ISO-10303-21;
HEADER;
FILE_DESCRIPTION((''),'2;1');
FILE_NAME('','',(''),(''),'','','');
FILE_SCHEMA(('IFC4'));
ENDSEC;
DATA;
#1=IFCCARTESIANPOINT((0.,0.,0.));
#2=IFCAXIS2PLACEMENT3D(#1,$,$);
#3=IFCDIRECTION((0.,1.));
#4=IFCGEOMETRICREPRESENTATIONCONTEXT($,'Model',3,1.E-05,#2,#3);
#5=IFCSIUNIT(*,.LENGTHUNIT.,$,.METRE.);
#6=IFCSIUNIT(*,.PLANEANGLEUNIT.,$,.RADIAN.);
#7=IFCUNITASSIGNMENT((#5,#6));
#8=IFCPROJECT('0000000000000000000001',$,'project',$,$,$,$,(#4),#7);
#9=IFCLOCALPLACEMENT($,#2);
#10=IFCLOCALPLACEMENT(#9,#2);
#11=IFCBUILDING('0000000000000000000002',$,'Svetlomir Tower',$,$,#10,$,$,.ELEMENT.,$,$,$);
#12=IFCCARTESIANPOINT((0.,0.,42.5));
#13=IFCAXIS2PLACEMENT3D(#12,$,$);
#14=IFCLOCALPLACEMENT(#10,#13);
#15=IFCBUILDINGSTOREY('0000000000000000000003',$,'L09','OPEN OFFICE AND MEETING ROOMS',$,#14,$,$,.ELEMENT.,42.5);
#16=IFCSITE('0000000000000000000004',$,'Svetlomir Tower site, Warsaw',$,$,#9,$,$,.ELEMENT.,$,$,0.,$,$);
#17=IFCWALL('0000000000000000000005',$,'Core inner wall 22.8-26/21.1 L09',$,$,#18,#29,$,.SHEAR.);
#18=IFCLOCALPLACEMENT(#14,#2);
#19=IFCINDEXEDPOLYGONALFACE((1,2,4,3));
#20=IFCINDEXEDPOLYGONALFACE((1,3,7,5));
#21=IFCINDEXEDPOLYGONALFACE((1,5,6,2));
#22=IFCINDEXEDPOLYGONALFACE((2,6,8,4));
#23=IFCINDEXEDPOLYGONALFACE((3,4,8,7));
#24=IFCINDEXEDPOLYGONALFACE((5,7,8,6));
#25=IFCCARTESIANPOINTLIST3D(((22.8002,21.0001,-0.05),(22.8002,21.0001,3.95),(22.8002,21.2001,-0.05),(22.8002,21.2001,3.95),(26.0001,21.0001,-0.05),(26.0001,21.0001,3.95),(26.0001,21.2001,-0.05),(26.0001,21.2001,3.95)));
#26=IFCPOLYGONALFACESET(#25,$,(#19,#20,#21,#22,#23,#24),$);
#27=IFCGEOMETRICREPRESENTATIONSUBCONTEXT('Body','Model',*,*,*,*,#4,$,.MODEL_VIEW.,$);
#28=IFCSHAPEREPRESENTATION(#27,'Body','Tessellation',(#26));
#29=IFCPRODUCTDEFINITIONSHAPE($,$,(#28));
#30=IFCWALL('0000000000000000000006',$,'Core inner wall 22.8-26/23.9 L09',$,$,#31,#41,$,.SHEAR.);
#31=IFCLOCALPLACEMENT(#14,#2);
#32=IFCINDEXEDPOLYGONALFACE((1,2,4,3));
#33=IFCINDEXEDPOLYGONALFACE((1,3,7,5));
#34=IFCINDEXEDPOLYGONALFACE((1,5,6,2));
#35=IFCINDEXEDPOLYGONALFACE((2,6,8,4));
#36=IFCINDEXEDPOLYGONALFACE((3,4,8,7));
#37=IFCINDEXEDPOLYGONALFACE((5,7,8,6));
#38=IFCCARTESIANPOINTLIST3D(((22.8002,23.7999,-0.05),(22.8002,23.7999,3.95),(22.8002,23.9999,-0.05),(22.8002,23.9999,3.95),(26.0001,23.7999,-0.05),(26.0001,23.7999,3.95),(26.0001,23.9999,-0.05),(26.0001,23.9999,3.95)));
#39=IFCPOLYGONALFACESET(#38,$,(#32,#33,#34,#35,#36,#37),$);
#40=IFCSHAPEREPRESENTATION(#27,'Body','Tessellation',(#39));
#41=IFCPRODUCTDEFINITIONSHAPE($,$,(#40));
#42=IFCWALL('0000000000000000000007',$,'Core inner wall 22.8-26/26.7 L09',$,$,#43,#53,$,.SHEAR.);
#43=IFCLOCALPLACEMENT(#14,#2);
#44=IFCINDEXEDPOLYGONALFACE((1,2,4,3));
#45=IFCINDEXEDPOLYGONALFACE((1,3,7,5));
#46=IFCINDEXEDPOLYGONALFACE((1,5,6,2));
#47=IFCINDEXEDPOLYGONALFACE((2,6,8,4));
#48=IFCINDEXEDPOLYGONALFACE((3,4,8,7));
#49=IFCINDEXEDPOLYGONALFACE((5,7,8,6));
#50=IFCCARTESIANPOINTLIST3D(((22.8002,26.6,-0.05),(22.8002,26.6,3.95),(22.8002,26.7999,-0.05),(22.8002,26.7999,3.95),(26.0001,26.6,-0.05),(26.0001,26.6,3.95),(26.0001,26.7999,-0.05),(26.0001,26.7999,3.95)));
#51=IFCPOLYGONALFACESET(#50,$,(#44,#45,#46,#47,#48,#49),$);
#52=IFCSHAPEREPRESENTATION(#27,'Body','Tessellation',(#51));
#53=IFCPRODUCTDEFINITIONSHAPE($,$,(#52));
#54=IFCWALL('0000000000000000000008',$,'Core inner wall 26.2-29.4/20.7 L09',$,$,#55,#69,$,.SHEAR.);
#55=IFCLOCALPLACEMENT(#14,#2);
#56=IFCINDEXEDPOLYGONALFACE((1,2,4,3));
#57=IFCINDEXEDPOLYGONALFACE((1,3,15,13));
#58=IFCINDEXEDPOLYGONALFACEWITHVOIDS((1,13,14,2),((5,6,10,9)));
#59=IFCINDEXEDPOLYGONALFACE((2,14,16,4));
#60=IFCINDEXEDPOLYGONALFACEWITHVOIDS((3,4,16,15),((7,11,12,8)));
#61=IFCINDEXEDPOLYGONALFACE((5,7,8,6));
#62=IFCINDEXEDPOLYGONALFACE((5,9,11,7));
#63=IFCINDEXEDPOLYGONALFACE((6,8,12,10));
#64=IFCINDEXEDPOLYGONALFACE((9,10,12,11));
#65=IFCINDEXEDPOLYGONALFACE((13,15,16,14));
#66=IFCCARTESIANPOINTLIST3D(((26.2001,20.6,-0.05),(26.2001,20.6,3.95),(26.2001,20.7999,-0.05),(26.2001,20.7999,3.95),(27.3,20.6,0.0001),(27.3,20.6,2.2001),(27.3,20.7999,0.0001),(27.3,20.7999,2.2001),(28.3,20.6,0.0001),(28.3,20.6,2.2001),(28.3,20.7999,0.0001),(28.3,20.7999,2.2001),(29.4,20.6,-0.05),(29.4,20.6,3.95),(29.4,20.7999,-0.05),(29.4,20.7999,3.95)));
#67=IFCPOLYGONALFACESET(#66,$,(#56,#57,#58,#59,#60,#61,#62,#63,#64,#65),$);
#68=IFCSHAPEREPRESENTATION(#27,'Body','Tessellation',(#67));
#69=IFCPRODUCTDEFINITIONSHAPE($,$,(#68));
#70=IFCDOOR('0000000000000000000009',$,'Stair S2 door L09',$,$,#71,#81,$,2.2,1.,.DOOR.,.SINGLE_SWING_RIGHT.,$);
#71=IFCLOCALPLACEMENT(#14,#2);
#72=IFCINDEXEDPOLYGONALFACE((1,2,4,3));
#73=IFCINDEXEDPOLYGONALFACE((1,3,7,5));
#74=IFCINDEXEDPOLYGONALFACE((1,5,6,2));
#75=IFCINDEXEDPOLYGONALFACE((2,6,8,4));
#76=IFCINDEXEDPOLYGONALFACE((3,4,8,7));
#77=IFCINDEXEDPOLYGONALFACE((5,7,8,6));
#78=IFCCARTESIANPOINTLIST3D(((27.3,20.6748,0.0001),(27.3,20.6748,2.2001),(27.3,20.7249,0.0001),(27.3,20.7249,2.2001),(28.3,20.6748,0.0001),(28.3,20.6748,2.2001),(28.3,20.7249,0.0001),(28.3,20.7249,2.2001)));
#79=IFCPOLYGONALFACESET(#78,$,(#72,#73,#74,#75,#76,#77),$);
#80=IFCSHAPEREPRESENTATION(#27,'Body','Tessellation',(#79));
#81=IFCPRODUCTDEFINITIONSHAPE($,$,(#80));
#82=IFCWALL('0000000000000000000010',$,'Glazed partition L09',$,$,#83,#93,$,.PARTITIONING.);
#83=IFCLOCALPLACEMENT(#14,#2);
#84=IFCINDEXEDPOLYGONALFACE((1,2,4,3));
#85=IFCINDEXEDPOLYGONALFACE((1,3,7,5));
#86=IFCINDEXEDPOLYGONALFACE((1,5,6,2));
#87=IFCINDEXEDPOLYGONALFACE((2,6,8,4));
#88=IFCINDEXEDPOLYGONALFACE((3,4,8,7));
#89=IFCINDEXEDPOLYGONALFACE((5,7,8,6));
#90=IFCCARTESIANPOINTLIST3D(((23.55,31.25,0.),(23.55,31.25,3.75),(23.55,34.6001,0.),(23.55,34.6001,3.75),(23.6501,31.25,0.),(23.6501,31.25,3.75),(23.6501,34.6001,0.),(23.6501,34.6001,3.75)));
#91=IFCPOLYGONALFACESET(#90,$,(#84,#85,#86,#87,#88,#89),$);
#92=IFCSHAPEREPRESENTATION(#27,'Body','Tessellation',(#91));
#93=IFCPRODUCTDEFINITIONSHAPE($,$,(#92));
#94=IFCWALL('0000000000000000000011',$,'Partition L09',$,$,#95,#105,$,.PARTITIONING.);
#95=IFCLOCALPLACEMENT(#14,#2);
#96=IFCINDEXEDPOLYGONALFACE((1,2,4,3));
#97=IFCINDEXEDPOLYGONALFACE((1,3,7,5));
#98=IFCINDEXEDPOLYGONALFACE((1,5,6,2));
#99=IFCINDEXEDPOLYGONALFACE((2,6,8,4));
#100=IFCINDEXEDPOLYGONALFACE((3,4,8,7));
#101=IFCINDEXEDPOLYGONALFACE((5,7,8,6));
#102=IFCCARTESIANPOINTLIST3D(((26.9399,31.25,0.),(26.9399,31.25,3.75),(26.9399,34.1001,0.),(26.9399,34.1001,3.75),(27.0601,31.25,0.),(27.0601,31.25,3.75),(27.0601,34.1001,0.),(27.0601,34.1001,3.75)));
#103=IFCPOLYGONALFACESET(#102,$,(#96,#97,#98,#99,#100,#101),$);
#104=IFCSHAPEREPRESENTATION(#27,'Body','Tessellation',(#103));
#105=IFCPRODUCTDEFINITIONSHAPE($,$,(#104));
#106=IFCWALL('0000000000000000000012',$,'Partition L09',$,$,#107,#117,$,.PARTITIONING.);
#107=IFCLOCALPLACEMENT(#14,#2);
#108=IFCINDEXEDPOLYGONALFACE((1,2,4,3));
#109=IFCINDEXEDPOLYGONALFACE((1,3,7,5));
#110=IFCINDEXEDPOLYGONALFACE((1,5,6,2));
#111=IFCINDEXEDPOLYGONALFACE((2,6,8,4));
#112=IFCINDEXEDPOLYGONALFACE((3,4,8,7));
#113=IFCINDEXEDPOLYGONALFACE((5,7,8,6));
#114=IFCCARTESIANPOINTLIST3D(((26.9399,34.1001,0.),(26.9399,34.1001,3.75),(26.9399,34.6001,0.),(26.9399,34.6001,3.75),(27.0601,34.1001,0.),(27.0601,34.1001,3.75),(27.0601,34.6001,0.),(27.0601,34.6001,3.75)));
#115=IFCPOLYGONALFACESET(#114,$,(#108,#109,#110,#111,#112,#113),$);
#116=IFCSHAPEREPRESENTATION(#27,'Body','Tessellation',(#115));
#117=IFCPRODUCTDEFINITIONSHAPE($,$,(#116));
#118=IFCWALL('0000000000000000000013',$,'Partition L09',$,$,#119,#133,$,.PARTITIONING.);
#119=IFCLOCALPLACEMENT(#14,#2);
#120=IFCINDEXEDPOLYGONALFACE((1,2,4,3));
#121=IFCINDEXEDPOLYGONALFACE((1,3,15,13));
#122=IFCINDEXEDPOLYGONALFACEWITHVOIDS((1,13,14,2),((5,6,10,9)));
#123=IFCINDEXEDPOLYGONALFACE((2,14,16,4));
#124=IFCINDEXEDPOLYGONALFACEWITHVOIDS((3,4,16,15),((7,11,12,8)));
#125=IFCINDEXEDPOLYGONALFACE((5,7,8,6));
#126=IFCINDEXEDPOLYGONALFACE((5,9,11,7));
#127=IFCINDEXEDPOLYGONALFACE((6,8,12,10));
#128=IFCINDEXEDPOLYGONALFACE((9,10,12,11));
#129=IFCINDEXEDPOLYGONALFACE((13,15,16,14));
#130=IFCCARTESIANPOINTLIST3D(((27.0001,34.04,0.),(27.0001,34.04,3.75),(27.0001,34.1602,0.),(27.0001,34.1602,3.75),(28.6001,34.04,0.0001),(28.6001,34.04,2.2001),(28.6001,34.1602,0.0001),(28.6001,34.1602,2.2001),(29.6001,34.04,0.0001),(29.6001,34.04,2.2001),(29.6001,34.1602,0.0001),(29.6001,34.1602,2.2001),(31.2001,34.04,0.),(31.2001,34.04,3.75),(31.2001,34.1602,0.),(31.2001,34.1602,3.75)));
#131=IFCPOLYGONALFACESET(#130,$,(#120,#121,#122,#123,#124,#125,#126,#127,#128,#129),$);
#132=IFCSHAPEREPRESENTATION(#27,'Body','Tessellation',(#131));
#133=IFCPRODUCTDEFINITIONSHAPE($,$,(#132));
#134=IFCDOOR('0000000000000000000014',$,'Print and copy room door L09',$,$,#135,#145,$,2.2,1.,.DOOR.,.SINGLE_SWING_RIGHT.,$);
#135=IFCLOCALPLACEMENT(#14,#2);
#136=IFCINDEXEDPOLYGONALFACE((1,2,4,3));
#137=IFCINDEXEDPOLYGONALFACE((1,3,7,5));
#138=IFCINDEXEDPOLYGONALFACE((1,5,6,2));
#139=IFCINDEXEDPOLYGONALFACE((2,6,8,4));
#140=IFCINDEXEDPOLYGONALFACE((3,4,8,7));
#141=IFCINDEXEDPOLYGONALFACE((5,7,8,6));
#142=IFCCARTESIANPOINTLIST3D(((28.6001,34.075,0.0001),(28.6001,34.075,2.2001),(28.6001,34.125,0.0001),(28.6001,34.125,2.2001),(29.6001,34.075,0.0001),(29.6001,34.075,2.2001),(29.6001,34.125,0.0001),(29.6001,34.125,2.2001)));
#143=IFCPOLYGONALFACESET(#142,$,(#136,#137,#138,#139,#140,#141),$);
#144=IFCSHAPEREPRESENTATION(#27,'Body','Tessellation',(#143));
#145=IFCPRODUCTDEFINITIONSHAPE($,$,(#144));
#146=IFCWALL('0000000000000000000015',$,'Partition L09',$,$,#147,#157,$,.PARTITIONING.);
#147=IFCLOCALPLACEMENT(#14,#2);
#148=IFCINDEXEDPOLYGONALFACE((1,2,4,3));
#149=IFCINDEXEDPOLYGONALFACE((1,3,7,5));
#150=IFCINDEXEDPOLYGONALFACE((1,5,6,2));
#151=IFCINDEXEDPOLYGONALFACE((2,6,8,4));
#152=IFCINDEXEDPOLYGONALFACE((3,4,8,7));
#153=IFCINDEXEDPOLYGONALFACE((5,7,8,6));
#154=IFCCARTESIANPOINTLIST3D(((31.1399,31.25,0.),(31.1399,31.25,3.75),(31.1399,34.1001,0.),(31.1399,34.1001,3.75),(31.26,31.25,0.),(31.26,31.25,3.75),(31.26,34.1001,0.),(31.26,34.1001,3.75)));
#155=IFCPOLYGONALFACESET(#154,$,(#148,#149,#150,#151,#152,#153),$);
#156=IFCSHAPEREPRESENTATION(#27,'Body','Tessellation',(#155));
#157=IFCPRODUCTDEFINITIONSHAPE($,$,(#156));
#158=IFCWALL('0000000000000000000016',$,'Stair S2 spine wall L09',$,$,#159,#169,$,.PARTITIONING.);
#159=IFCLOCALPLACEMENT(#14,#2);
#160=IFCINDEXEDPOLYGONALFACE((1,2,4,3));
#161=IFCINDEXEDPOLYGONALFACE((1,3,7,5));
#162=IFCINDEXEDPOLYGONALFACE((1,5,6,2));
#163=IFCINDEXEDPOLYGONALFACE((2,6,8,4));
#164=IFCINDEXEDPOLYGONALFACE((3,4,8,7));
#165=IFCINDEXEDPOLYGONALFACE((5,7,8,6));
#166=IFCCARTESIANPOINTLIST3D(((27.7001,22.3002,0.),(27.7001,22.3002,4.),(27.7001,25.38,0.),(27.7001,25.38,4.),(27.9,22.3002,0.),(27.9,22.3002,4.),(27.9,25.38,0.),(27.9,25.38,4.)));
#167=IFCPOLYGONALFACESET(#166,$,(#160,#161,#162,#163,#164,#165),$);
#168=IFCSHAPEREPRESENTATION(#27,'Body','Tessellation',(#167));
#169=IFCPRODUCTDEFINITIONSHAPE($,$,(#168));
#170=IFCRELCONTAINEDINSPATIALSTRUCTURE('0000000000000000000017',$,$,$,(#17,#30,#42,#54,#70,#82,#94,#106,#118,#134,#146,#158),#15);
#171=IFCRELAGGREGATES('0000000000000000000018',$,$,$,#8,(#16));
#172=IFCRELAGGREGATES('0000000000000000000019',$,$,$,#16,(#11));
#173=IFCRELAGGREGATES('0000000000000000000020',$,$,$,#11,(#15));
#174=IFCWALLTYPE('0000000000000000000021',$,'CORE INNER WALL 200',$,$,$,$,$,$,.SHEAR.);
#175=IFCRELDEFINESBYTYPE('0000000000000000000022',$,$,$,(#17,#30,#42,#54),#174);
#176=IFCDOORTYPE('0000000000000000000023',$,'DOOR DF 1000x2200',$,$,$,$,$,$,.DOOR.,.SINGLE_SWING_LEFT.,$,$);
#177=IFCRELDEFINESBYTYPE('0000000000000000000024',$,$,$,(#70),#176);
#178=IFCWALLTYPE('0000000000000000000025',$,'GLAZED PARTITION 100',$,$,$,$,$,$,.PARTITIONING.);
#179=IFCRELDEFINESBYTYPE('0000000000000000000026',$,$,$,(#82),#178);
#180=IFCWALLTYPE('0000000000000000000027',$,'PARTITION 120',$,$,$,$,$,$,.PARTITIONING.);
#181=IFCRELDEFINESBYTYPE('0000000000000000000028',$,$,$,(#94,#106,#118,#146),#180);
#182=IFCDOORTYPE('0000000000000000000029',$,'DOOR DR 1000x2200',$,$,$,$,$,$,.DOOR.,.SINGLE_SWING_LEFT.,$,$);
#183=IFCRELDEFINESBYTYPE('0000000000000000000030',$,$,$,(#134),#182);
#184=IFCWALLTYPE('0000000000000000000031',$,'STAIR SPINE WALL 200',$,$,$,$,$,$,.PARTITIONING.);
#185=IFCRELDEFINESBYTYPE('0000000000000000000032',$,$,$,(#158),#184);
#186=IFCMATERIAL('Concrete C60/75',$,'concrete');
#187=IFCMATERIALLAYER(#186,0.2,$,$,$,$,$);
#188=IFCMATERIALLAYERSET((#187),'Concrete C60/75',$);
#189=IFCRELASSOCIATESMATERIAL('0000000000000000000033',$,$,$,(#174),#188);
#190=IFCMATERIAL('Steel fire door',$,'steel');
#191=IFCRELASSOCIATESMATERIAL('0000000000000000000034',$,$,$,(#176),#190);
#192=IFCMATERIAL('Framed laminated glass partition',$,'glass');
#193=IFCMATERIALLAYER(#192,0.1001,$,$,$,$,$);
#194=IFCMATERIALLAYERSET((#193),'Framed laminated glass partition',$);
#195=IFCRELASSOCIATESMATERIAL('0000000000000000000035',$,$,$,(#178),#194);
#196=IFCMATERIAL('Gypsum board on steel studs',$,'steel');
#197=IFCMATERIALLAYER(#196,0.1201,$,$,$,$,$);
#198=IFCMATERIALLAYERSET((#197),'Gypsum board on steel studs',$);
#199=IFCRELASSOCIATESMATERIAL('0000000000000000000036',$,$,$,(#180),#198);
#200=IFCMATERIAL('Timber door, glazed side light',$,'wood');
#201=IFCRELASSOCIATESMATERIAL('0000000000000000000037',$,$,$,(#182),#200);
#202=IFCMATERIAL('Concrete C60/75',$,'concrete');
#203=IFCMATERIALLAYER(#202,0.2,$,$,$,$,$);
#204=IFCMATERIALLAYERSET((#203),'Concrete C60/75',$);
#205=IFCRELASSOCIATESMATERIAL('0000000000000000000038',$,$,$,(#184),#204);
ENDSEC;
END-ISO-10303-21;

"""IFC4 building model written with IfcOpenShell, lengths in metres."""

from ifc_helpers import new_model, si_unit, direction, frame, frame_2d, origin, place, context, subcontext, project, spatial, rectangle, extrude, material, layer, layer_set, type_object, element, fill, save


model = new_model("IFC4")

# Units and contexts
model_context = context("Model", 3, precision=1e-05, world=origin(), true_north=direction((0.0, 1.0)))
body_context = subcontext(model_context, "Body", "Model", "MODEL_VIEW")
ifc_project = project(units=[si_unit("LENGTHUNIT", "METRE"), si_unit("PLANEANGLEUNIT", "RADIAN")], contexts=[model_context])

# Site, building, storey
site_placement = place(None, origin())
site = spatial("IfcSite", under=ifc_project, at=site_placement, Name="Svetlomir Tower site, Warsaw", CompositionType="ELEMENT", RefElevation=0.0)
building_placement = place(site_placement, origin())
building = spatial("IfcBuilding", under=site, at=building_placement, Name="Svetlomir Tower", CompositionType="ELEMENT")
storey_placement = place(building_placement, frame((0.0, 0.0, 42.5)))
storey = spatial("IfcBuildingStorey", under=building, at=storey_placement, Name="L09", Description="OPEN OFFICE AND MEETING ROOMS", CompositionType="ELEMENT", Elevation=42.5)

# Walls
ifc_material_1 = material(Name="Concrete C60/75", Category="concrete")
ifc_layer_1 = layer(ifc_material_1, 0.2)
ifc_layer_set_1 = layer_set([ifc_layer_1], Name="Concrete C60/75")
wall_type_1 = type_object("IfcWallType", Name="CORE INNER WALL 200", PredefinedType="SHEAR", material=ifc_layer_set_1)
for number, where, z_axis, x_axis, name in (
    (1, (22.8, 21.1001, -0.05), (0.0, 0.0, 1.0), (1.0, 0.0, 0.0), "Core inner wall 22.8-26/21.1 L09"),
    (2, (22.8, 23.8999, -0.05), (0.0, 0.0, 1.0), (1.0, 0.0, 0.0), "Core inner wall 22.8-26/23.9 L09"),
    (3, (22.8, 26.7, -0.05), (0.0, 0.0, 1.0), (1.0, 0.0, 0.0), "Core inner wall 22.8-26/26.7 L09"),
):
    element("IfcWall", number, at=place(storey_placement, frame(where, z_axis=z_axis, x_axis=x_axis)), inside=storey, type_object=wall_type_1, Name=name, PredefinedType="SHEAR", context=body_context, shape_type="SweptSolid", body=[
        extrude(rectangle(XDim=3.2, YDim=0.2, at=frame_2d((1.6001, 0.0))), origin(), (0.0, 0.0, 1.0), 4.0),
    ])

# Wall, opening, door
wall_1_placement = place(storey_placement, frame((26.2, 20.7, -0.05), z_axis=(0.0, 0.0, 1.0), x_axis=(1.0, 0.0, 0.0)))
wall_1 = element("IfcWall", 4, at=wall_1_placement, inside=storey, type_object=wall_type_1, Name="Core inner wall 26.2-29.4/20.7 L09", PredefinedType="SHEAR", context=body_context, shape_type="SweptSolid", body=[
    extrude(rectangle(XDim=3.2, YDim=0.2, at=frame_2d((1.6001, 0.0))), origin(), (0.0, 0.0, 1.0), 4.0),
])
opening_1_placement = place(wall_1_placement, frame((1.1001, 0.0, 0.05)))
opening_1 = element("IfcOpeningElement", 5, at=opening_1_placement, cuts=wall_1, PredefinedType="OPENING", context=body_context, shape_type="SweptSolid", body=[
    extrude(rectangle(XDim=1.0, YDim=2.2, at=frame_2d((0.5, 1.1001))), frame((0.0, 0.1099, 0.0), z_axis=(0.0, -1.0, 0.0), x_axis=(1.0, 0.0, 0.0)), (0.0, 0.0, 1.0), 0.22),
])
ifc_material_2 = material(Name="Steel fire door", Category="steel")
door_type_1 = type_object("IfcDoorType", Name="DOOR DF 1000x2200", OperationType="SINGLE_SWING_LEFT", PredefinedType="DOOR", material=ifc_material_2)
door_1_placement = place(opening_1_placement, origin())
door_1 = element("IfcDoor", 6, at=door_1_placement, inside=storey, type_object=door_type_1, Name="Stair S2 door L09", OperationType="SINGLE_SWING_RIGHT", OverallHeight=2.2, OverallWidth=1.0, PredefinedType="DOOR", context=body_context, shape_type="SweptSolid", body=[
    extrude(rectangle(XDim=1.0, YDim=2.2, at=frame_2d((0.5, 1.1001))), frame((0.0, 0.0249, 0.0), z_axis=(0.0, -1.0, 0.0), x_axis=(1.0, 0.0, 0.0)), (0.0, 0.0, 1.0), 0.05),
])
fill(opening_1, door_1)

# Wall
ifc_material_3 = material(Name="Framed laminated glass partition", Category="glass")
ifc_layer_2 = layer(ifc_material_3, 0.1001)
ifc_layer_set_2 = layer_set([ifc_layer_2], Name="Framed laminated glass partition")
wall_type_2 = type_object("IfcWallType", Name="GLAZED PARTITION 100", PredefinedType="PARTITIONING", material=ifc_layer_set_2)
wall_2_placement = place(storey_placement, frame((23.6001, 31.25, 0.0), z_axis=(0.0, 0.0, 1.0), x_axis=(0.0, 1.0, 0.0)))
element("IfcWall", 7, at=wall_2_placement, inside=storey, type_object=wall_type_2, Name="Glazed partition L09", PredefinedType="PARTITIONING", context=body_context, shape_type="SweptSolid", body=[
    extrude(rectangle(XDim=3.3501, YDim=0.1001, at=frame_2d((1.675, 0.0))), origin(), (0.0, 0.0, 1.0), 3.75),
])

# Shared definitions
ifc_material_4 = material(Name="Gypsum board on steel studs", Category="steel")
ifc_layer_3 = layer(ifc_material_4, 0.1201)
ifc_layer_set_3 = layer_set([ifc_layer_3], Name="Gypsum board on steel studs")
wall_type_3 = type_object("IfcWallType", Name="PARTITION 120", PredefinedType="PARTITIONING", material=ifc_layer_set_3)

# Walls
wall_3_placement = place(storey_placement, frame((27.0, 31.25, 0.0), z_axis=(0.0, 0.0, 1.0), x_axis=(0.0, 1.0, 0.0)))
element("IfcWall", 8, at=wall_3_placement, inside=storey, type_object=wall_type_3, Name="Partition L09", PredefinedType="PARTITIONING", context=body_context, shape_type="SweptSolid", body=[
    extrude(rectangle(XDim=2.8501, YDim=0.1201, at=frame_2d((1.425, 0.0))), origin(), (0.0, 0.0, 1.0), 3.75),
])
wall_4_placement = place(storey_placement, frame((27.0, 34.1001, 0.0), z_axis=(0.0, 0.0, 1.0), x_axis=(0.0, 1.0, 0.0)))
element("IfcWall", 9, at=wall_4_placement, inside=storey, type_object=wall_type_3, Name="Partition L09", PredefinedType="PARTITIONING", context=body_context, shape_type="SweptSolid", body=[
    extrude(rectangle(XDim=0.5, YDim=0.1201, at=frame_2d((0.25, 0.0))), origin(), (0.0, 0.0, 1.0), 3.75),
])

# Wall, opening, door
wall_5_placement = place(storey_placement, frame((27.0, 34.1001, 0.0), z_axis=(0.0, 0.0, 1.0), x_axis=(1.0, 0.0, 0.0)))
wall_5 = element("IfcWall", 10, at=wall_5_placement, inside=storey, type_object=wall_type_3, Name="Partition L09", PredefinedType="PARTITIONING", context=body_context, shape_type="SweptSolid", body=[
    extrude(rectangle(XDim=4.2, YDim=0.1201, at=frame_2d((2.1001, 0.0))), origin(), (0.0, 0.0, 1.0), 3.75),
])
opening_2_placement = place(wall_5_placement, frame((1.6001, 0.0, 0.0)))
opening_2 = element("IfcOpeningElement", 11, at=opening_2_placement, cuts=wall_5, PredefinedType="OPENING", context=body_context, shape_type="SweptSolid", body=[
    extrude(rectangle(XDim=1.0, YDim=2.2, at=frame_2d((0.5, 1.1001))), frame((0.0, 0.0701, 0.0), z_axis=(0.0, -1.0, 0.0), x_axis=(1.0, 0.0, 0.0)), (0.0, 0.0, 1.0), 0.1401),
])
ifc_material_5 = material(Name="Timber door, glazed side light", Category="wood")
door_type_2 = type_object("IfcDoorType", Name="DOOR DR 1000x2200", OperationType="SINGLE_SWING_LEFT", PredefinedType="DOOR", material=ifc_material_5)
door_2_placement = place(opening_2_placement, origin())
door_2 = element("IfcDoor", 12, at=door_2_placement, inside=storey, type_object=door_type_2, Name="Print and copy room door L09", OperationType="SINGLE_SWING_RIGHT", OverallHeight=2.2, OverallWidth=1.0, PredefinedType="DOOR", context=body_context, shape_type="SweptSolid", body=[
    extrude(rectangle(XDim=1.0, YDim=2.2, at=frame_2d((0.5, 1.1001))), frame((0.0, 0.0249, 0.0), z_axis=(0.0, -1.0, 0.0), x_axis=(1.0, 0.0, 0.0)), (0.0, 0.0, 1.0), 0.05),
])
fill(opening_2, door_2)

# Walls
wall_6_placement = place(storey_placement, frame((31.2, 31.25, 0.0), z_axis=(0.0, 0.0, 1.0), x_axis=(0.0, 1.0, 0.0)))
element("IfcWall", 13, at=wall_6_placement, inside=storey, type_object=wall_type_3, Name="Partition L09", PredefinedType="PARTITIONING", context=body_context, shape_type="SweptSolid", body=[
    extrude(rectangle(XDim=2.8501, YDim=0.1201, at=frame_2d((1.425, 0.0))), origin(), (0.0, 0.0, 1.0), 3.75),
])
ifc_material_6 = material(Name="Concrete C60/75", Category="concrete")
ifc_layer_4 = layer(ifc_material_6, 0.2)
ifc_layer_set_4 = layer_set([ifc_layer_4], Name="Concrete C60/75")
wall_type_4 = type_object("IfcWallType", Name="STAIR SPINE WALL 200", PredefinedType="PARTITIONING", material=ifc_layer_set_4)
wall_7_placement = place(storey_placement, frame((27.8, 22.3, 0.0), z_axis=(0.0, 0.0, 1.0), x_axis=(0.0, 1.0, 0.0)))
element("IfcWall", 14, at=wall_7_placement, inside=storey, type_object=wall_type_4, Name="Stair S2 spine wall L09", PredefinedType="PARTITIONING", context=body_context, shape_type="SweptSolid", body=[
    extrude(rectangle(XDim=3.0798, YDim=0.2, at=frame_2d((1.54, 0.0))), origin(), (0.0, 0.0, 1.0), 4.0),
])

save(model, "model.ifc")
